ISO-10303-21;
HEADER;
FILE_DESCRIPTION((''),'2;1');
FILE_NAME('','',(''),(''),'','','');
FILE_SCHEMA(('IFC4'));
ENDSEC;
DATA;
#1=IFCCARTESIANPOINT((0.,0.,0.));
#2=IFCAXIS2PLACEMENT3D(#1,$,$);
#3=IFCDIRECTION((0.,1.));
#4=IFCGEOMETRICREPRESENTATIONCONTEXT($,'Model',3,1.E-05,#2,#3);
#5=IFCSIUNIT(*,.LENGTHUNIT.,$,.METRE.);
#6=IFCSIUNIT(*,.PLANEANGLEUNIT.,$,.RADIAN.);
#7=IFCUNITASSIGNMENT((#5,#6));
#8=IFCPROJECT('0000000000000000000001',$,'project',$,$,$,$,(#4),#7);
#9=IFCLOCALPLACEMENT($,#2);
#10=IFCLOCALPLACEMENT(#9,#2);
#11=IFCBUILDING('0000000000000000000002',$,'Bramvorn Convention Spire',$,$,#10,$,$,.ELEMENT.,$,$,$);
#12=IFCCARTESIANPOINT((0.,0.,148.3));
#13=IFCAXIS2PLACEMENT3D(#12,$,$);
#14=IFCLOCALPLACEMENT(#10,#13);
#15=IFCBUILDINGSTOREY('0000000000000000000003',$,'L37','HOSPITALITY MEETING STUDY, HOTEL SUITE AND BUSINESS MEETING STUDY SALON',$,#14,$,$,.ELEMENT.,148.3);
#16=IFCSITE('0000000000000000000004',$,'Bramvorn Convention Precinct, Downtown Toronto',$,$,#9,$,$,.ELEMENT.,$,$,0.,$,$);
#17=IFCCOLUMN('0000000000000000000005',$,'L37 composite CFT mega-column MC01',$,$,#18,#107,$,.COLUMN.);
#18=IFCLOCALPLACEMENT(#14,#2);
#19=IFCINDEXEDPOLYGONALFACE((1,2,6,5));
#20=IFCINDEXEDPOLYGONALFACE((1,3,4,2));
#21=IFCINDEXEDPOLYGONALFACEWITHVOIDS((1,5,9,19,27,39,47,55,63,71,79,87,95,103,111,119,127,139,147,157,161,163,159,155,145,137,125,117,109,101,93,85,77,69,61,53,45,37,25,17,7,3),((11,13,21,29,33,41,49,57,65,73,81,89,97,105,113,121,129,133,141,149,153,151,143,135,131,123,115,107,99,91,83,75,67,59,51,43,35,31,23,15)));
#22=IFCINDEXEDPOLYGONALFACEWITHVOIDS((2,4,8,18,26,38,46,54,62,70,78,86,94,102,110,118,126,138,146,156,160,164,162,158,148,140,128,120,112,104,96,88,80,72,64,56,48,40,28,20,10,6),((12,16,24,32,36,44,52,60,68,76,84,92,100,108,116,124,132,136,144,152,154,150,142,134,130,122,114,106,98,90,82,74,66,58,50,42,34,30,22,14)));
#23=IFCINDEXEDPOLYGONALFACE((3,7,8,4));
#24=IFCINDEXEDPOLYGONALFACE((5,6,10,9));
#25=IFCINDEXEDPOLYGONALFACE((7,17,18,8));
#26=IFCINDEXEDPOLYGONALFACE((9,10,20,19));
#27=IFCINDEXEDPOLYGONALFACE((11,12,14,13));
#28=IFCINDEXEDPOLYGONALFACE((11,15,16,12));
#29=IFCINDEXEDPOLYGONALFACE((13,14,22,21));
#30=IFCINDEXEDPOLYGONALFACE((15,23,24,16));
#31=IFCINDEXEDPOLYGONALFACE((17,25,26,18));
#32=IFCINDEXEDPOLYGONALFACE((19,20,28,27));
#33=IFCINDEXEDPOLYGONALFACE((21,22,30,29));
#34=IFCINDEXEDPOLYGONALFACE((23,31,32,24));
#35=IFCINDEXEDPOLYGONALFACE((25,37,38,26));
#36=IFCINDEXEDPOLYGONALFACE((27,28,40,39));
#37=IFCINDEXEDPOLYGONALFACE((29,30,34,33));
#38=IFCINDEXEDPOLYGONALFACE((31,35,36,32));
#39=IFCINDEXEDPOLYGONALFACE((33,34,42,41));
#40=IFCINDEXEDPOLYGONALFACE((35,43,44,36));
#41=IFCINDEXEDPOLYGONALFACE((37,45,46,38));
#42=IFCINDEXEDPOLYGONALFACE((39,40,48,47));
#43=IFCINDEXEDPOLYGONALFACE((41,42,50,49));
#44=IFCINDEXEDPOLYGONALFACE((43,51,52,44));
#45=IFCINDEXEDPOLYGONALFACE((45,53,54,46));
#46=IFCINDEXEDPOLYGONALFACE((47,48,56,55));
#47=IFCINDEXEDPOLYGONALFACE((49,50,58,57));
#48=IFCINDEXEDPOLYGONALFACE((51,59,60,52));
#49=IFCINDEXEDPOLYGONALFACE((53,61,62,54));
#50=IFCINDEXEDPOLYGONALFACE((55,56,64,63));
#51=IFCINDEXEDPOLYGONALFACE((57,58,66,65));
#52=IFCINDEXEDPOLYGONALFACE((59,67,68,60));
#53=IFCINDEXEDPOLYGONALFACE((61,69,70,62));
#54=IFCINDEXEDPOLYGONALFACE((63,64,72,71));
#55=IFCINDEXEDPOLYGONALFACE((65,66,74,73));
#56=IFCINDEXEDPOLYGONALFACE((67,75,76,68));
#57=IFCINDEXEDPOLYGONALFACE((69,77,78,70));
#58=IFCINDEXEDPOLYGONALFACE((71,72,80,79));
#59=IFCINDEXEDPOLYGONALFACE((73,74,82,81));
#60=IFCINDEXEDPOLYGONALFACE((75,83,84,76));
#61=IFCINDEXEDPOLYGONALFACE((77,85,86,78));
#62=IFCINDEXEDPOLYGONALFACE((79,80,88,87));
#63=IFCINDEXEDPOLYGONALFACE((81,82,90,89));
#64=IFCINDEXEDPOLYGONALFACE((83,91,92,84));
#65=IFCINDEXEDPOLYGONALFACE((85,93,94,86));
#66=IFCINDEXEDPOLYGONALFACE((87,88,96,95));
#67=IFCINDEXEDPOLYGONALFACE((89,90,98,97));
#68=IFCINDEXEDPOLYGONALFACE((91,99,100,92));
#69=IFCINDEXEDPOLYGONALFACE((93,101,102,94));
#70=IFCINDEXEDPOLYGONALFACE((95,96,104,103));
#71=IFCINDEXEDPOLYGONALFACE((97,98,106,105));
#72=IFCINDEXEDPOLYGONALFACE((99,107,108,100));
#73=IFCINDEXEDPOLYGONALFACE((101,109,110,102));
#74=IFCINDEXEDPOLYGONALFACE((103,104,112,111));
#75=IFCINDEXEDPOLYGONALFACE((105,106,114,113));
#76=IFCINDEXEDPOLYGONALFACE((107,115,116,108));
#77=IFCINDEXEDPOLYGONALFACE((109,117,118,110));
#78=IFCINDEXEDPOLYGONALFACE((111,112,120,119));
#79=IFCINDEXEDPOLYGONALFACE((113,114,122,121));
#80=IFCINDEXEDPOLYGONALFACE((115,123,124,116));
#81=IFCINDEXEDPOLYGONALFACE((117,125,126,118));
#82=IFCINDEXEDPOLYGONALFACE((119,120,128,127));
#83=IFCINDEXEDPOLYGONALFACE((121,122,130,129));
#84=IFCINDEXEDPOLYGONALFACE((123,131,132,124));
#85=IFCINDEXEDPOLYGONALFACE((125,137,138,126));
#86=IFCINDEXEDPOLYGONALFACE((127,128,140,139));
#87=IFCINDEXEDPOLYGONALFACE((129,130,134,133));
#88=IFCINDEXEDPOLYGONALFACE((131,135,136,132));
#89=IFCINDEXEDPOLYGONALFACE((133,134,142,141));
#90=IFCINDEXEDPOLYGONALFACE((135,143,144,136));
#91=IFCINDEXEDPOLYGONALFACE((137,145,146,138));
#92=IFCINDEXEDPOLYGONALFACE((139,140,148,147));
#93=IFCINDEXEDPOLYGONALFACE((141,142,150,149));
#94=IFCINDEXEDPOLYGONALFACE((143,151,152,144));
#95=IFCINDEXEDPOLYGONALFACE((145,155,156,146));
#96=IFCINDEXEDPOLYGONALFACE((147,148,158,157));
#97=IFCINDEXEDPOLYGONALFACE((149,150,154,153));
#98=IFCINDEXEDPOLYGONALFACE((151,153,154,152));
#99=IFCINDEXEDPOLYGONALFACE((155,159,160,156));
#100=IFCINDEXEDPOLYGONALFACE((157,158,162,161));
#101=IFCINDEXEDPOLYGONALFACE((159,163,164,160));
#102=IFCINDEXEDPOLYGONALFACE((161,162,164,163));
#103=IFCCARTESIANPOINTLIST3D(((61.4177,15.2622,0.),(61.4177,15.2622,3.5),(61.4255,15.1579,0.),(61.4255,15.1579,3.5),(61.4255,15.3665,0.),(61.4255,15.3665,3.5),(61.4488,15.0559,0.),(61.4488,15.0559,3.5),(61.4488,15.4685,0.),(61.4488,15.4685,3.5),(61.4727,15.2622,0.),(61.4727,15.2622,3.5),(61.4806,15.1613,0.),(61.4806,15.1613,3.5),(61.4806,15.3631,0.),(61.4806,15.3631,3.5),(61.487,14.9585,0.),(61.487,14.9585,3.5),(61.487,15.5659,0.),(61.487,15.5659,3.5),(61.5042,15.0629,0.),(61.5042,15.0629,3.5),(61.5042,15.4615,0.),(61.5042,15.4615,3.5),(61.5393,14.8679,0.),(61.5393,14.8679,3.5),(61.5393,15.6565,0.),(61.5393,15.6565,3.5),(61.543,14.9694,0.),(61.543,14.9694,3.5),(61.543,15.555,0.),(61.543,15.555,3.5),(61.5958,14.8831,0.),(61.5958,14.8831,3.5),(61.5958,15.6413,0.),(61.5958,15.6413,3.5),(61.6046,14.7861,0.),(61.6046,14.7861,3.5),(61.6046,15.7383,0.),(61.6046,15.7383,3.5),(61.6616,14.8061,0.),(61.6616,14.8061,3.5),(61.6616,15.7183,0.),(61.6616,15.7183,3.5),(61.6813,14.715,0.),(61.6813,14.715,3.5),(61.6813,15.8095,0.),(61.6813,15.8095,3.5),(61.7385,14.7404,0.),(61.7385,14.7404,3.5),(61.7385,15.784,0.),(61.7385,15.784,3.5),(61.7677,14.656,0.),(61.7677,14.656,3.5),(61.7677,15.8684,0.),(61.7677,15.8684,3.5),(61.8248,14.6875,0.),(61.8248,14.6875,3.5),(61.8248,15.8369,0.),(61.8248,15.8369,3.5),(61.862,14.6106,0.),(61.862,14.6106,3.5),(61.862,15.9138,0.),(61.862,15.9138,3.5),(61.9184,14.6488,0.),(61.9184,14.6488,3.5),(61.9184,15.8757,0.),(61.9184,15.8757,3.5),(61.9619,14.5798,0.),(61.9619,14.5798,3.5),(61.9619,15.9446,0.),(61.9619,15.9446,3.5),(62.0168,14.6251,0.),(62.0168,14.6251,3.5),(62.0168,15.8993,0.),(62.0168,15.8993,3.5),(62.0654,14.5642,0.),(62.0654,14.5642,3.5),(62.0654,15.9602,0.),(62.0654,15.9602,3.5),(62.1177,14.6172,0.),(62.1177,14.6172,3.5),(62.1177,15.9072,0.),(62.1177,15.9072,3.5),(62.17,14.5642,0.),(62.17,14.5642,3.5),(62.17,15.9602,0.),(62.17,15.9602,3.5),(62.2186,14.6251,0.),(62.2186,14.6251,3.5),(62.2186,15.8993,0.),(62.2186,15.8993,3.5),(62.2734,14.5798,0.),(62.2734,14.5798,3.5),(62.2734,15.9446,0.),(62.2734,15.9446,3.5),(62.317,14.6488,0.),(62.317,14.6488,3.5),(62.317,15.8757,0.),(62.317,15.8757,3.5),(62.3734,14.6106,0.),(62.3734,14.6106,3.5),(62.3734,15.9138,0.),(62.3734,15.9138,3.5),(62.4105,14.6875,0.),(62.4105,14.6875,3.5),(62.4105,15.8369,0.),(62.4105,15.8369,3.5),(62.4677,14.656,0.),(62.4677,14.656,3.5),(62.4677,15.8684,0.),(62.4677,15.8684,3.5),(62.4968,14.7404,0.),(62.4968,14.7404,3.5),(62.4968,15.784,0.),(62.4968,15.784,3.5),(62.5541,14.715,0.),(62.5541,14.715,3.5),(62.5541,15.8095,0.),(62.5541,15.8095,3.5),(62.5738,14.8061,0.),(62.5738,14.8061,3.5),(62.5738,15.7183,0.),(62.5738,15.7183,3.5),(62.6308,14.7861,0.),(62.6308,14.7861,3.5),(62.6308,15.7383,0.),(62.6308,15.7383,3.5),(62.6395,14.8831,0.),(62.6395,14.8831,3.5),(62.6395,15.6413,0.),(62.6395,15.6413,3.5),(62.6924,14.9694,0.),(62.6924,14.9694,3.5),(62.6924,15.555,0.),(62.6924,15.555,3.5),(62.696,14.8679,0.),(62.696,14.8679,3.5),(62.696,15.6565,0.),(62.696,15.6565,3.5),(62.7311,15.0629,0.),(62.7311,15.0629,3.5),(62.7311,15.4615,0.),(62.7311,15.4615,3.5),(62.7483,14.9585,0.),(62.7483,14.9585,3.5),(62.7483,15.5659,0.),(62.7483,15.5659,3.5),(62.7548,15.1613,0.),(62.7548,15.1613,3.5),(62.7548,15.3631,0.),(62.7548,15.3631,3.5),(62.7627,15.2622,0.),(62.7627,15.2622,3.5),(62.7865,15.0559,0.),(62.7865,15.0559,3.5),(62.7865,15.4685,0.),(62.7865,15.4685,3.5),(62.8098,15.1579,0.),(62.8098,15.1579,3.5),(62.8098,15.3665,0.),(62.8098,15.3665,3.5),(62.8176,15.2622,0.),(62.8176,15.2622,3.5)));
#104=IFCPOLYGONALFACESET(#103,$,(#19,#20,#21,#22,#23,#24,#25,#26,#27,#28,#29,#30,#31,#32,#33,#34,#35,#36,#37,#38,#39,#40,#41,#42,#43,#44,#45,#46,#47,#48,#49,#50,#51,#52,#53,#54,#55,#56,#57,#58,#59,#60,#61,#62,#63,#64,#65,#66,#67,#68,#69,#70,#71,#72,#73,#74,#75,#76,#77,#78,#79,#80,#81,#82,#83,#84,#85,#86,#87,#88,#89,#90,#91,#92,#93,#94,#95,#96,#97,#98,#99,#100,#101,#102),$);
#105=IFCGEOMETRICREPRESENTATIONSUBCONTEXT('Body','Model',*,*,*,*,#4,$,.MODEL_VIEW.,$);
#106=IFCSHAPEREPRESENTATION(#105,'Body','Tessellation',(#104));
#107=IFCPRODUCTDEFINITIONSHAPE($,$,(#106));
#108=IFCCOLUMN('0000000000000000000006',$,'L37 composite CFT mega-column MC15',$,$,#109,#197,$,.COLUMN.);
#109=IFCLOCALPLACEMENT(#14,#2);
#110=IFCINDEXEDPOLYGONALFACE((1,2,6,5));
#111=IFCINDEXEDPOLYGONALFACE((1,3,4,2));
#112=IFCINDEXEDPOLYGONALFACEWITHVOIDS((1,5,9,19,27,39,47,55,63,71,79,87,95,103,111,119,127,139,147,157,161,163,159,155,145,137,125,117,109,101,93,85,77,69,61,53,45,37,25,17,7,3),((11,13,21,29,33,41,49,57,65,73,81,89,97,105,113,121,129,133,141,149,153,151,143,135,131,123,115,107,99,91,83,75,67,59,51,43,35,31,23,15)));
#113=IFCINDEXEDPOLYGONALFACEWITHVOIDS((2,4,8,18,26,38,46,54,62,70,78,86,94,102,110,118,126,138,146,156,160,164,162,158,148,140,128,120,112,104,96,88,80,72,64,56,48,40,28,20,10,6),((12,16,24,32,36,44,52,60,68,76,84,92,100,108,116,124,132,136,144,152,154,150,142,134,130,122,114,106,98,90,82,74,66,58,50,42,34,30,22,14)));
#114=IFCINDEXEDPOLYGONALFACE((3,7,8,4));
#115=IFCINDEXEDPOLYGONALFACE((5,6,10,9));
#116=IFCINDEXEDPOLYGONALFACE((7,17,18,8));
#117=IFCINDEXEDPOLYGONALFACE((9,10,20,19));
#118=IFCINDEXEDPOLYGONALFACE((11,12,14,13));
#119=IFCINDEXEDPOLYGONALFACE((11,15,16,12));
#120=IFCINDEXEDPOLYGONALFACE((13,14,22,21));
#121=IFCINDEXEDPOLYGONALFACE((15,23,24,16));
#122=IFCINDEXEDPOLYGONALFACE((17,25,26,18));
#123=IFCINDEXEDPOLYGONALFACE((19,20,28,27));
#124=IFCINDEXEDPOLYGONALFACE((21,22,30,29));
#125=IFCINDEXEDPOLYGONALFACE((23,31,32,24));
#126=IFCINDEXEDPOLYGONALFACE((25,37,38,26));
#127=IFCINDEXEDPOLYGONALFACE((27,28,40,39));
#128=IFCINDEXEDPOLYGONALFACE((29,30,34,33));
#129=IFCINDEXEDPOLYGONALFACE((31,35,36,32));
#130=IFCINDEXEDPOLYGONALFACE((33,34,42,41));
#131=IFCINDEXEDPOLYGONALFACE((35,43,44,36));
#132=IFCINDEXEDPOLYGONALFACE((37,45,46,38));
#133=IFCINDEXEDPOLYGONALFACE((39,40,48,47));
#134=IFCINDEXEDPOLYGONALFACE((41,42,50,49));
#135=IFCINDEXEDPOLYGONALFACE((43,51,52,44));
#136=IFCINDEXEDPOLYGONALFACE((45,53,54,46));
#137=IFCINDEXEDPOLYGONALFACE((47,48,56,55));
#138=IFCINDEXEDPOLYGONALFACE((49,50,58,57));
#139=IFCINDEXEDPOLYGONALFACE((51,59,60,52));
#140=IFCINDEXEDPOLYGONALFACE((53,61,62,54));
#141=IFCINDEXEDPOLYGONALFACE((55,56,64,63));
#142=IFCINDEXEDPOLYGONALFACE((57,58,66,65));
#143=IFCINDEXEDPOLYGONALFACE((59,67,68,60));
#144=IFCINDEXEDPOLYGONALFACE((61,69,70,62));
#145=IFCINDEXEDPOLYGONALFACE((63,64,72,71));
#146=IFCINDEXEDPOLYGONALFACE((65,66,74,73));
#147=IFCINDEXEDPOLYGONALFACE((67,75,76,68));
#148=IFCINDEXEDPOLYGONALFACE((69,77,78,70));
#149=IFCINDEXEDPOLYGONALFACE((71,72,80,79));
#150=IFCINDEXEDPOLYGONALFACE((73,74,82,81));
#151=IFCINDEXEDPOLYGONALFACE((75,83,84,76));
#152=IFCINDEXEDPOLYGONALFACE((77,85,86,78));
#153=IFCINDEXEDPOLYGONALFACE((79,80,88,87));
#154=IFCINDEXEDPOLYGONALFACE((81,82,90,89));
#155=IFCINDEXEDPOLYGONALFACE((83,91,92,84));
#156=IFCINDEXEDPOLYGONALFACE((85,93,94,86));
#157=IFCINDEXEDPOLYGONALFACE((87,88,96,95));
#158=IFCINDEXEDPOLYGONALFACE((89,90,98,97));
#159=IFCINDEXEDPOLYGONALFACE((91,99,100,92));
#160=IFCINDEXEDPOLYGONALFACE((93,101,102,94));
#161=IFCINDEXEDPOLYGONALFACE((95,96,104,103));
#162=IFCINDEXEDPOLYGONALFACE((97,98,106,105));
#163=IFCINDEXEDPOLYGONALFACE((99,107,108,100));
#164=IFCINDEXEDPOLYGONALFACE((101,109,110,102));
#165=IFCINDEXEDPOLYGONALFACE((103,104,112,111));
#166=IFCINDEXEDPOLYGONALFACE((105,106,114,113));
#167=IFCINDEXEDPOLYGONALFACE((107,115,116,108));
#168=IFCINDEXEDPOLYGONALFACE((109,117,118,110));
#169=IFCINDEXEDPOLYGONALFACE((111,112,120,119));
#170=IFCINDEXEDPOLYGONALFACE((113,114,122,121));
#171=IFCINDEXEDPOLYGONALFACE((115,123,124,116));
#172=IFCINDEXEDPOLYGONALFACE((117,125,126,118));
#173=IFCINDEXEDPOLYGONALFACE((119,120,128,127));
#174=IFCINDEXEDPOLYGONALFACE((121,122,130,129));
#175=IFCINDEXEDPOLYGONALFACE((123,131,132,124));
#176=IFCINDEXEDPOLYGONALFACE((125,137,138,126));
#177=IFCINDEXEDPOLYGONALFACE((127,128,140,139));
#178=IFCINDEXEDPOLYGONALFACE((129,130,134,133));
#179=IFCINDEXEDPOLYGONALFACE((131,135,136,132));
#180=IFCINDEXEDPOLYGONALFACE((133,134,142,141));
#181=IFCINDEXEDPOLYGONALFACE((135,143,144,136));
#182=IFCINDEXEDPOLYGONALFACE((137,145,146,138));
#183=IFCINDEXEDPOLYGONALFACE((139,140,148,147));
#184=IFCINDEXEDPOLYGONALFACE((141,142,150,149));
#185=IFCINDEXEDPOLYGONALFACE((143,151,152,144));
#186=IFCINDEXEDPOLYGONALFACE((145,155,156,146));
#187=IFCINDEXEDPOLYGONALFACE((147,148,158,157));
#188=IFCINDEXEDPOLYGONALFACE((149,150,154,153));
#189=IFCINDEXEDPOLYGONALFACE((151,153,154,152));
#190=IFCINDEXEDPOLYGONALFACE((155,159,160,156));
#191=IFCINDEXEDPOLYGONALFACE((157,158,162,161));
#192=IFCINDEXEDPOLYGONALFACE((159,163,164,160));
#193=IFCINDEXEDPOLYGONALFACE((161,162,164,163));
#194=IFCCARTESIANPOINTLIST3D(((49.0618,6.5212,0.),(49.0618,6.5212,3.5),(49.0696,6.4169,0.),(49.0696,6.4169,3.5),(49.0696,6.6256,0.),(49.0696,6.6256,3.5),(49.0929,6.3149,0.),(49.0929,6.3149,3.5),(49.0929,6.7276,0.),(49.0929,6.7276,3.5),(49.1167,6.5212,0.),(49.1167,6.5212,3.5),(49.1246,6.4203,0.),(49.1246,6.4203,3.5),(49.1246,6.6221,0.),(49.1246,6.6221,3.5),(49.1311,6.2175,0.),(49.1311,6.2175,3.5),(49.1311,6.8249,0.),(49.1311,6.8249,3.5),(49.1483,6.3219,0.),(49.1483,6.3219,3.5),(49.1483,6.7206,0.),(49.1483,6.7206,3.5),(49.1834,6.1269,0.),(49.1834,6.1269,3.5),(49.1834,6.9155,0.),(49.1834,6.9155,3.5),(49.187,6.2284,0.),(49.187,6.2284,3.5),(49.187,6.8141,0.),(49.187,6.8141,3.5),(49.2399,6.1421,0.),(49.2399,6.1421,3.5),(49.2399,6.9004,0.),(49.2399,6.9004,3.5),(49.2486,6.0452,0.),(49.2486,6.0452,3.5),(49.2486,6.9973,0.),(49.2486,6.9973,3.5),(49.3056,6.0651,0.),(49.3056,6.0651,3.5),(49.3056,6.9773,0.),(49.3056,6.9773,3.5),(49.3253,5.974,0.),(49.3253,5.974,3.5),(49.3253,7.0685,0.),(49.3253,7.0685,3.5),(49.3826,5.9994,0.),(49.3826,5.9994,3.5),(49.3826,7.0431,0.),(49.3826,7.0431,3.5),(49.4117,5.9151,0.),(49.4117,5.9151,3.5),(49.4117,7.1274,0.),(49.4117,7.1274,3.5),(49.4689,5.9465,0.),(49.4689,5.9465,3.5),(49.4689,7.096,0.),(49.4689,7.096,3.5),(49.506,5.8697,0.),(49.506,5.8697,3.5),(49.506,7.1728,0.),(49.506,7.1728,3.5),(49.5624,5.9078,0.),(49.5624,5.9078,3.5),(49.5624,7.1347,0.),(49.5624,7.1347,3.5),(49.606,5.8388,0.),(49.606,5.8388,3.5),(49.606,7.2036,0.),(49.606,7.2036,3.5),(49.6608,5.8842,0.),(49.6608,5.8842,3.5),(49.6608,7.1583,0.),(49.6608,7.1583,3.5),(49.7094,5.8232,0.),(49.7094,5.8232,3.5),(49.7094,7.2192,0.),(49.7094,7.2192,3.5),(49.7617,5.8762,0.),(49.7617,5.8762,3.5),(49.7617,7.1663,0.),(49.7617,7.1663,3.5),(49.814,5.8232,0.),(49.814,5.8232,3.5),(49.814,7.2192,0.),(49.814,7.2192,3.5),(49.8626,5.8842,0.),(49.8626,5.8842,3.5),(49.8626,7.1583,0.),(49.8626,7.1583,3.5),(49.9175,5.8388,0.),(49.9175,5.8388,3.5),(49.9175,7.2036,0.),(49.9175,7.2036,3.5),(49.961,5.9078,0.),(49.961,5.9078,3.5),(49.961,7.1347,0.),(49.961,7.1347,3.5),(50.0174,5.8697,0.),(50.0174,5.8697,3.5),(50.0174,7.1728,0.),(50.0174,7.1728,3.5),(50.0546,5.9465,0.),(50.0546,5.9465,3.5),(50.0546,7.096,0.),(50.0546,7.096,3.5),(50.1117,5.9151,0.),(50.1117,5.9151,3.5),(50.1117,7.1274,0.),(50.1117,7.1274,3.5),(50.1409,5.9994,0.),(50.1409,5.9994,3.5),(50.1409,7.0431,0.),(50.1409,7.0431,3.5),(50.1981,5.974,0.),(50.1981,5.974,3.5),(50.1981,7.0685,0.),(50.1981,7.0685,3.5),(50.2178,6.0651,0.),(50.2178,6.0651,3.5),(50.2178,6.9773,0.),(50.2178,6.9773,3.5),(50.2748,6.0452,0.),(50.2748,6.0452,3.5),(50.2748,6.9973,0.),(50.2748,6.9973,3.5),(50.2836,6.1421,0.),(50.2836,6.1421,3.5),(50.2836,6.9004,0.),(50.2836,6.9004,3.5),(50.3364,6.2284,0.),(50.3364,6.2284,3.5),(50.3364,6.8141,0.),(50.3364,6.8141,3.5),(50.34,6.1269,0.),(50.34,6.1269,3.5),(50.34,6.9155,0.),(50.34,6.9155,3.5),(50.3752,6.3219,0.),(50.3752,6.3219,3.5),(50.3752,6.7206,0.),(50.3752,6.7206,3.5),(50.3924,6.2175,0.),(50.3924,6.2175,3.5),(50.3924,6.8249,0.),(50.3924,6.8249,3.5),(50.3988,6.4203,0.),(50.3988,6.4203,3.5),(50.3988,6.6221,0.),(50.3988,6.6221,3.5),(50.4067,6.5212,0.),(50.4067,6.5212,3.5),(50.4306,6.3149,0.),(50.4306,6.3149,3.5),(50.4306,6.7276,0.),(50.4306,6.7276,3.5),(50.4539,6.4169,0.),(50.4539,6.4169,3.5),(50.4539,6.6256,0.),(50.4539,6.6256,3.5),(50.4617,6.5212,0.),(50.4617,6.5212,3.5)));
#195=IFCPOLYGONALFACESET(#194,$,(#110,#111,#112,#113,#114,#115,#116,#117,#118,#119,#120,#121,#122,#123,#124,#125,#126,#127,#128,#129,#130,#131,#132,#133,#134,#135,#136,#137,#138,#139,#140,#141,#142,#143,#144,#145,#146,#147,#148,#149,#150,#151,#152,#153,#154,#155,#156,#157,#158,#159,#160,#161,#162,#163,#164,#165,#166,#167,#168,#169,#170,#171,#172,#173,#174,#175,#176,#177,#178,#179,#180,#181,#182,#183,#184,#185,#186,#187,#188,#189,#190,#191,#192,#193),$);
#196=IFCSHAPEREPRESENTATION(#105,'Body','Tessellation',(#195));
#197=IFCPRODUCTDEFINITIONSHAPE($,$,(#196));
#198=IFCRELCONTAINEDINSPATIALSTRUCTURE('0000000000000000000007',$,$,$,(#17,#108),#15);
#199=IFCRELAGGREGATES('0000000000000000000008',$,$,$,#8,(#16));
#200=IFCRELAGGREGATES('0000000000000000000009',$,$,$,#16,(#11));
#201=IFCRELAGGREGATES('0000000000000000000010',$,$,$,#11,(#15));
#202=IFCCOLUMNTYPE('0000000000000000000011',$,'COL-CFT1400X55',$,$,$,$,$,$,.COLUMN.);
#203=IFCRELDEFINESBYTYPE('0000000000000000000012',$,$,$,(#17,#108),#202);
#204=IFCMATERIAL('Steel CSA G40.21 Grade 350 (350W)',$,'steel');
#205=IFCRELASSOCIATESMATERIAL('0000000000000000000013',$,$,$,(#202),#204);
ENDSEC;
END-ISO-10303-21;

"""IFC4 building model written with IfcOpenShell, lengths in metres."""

from ifc_helpers import new_model, si_unit, direction, frame, origin, origin_2d, place, context, subcontext, project, spatial, hollow_circle, extrude, material, material_profile, profile_set, type_object, element, save


model = new_model("IFC4")

# Units and contexts
model_context = context("Model", 3, precision=1e-05, world=origin(), true_north=direction((0.0, 1.0)))
body_context = subcontext(model_context, "Body", "Model", "MODEL_VIEW")
ifc_project = project(units=[si_unit("LENGTHUNIT", "METRE"), si_unit("PLANEANGLEUNIT", "RADIAN")], contexts=[model_context])

# Site, building, storey
site_placement = place(None, origin())
site = spatial("IfcSite", under=ifc_project, at=site_placement, Name="Bramvorn Convention Precinct, Downtown Toronto", CompositionType="ELEMENT", RefElevation=0.0)
building_placement = place(site_placement, origin())
building = spatial("IfcBuilding", under=site, at=building_placement, Name="Bramvorn Convention Spire", CompositionType="ELEMENT")
storey_placement = place(building_placement, frame((0.0, 0.0, 148.3)))
storey = spatial("IfcBuildingStorey", under=building, at=storey_placement, Name="L37", Description="HOSPITALITY MEETING STUDY, HOTEL SUITE AND BUSINESS MEETING STUDY SALON", CompositionType="ELEMENT", Elevation=148.3)

# Columns
ifc_material_1 = material(Name="Steel CSA G40.21 Grade 350 (350W)", Category="steel")
ifc_material_profile_1 = material_profile(ifc_material_1, hollow_circle(Radius=0.7, WallThickness=0.0549, at=origin_2d()))
ifc_profile_set_1 = profile_set([ifc_material_profile_1], Name="Steel CSA G40.21 Grade 350 (350W) - CFT1400X55")
column_type = type_object("IfcColumnType", Name="COL-CFT1400X55", PredefinedType="COLUMN", material=ifc_profile_set_1)
for number, where, z_axis, x_axis, name in (
    (1, (62.1177, 15.2622, 0.0), (0.0, 0.0, 1.0), (1.0, 0.0, 0.0), "L37 composite CFT mega-column MC01"),
    (2, (49.7617, 6.5212, 0.0), (0.0, 0.0, 1.0), (1.0, 0.0, 0.0), "L37 composite CFT mega-column MC15"),
):
    element("IfcColumn", number, at=place(storey_placement, frame(where, z_axis=z_axis, x_axis=x_axis)), inside=storey, type_object=column_type, Name=name, PredefinedType="COLUMN", context=body_context, shape_type="SweptSolid", body=[
        extrude(hollow_circle(Radius=0.7, WallThickness=0.0549, at=origin_2d()), origin(), (0.0, 0.0, 1.0), 3.5),
    ])

save(model, "model.ifc")
